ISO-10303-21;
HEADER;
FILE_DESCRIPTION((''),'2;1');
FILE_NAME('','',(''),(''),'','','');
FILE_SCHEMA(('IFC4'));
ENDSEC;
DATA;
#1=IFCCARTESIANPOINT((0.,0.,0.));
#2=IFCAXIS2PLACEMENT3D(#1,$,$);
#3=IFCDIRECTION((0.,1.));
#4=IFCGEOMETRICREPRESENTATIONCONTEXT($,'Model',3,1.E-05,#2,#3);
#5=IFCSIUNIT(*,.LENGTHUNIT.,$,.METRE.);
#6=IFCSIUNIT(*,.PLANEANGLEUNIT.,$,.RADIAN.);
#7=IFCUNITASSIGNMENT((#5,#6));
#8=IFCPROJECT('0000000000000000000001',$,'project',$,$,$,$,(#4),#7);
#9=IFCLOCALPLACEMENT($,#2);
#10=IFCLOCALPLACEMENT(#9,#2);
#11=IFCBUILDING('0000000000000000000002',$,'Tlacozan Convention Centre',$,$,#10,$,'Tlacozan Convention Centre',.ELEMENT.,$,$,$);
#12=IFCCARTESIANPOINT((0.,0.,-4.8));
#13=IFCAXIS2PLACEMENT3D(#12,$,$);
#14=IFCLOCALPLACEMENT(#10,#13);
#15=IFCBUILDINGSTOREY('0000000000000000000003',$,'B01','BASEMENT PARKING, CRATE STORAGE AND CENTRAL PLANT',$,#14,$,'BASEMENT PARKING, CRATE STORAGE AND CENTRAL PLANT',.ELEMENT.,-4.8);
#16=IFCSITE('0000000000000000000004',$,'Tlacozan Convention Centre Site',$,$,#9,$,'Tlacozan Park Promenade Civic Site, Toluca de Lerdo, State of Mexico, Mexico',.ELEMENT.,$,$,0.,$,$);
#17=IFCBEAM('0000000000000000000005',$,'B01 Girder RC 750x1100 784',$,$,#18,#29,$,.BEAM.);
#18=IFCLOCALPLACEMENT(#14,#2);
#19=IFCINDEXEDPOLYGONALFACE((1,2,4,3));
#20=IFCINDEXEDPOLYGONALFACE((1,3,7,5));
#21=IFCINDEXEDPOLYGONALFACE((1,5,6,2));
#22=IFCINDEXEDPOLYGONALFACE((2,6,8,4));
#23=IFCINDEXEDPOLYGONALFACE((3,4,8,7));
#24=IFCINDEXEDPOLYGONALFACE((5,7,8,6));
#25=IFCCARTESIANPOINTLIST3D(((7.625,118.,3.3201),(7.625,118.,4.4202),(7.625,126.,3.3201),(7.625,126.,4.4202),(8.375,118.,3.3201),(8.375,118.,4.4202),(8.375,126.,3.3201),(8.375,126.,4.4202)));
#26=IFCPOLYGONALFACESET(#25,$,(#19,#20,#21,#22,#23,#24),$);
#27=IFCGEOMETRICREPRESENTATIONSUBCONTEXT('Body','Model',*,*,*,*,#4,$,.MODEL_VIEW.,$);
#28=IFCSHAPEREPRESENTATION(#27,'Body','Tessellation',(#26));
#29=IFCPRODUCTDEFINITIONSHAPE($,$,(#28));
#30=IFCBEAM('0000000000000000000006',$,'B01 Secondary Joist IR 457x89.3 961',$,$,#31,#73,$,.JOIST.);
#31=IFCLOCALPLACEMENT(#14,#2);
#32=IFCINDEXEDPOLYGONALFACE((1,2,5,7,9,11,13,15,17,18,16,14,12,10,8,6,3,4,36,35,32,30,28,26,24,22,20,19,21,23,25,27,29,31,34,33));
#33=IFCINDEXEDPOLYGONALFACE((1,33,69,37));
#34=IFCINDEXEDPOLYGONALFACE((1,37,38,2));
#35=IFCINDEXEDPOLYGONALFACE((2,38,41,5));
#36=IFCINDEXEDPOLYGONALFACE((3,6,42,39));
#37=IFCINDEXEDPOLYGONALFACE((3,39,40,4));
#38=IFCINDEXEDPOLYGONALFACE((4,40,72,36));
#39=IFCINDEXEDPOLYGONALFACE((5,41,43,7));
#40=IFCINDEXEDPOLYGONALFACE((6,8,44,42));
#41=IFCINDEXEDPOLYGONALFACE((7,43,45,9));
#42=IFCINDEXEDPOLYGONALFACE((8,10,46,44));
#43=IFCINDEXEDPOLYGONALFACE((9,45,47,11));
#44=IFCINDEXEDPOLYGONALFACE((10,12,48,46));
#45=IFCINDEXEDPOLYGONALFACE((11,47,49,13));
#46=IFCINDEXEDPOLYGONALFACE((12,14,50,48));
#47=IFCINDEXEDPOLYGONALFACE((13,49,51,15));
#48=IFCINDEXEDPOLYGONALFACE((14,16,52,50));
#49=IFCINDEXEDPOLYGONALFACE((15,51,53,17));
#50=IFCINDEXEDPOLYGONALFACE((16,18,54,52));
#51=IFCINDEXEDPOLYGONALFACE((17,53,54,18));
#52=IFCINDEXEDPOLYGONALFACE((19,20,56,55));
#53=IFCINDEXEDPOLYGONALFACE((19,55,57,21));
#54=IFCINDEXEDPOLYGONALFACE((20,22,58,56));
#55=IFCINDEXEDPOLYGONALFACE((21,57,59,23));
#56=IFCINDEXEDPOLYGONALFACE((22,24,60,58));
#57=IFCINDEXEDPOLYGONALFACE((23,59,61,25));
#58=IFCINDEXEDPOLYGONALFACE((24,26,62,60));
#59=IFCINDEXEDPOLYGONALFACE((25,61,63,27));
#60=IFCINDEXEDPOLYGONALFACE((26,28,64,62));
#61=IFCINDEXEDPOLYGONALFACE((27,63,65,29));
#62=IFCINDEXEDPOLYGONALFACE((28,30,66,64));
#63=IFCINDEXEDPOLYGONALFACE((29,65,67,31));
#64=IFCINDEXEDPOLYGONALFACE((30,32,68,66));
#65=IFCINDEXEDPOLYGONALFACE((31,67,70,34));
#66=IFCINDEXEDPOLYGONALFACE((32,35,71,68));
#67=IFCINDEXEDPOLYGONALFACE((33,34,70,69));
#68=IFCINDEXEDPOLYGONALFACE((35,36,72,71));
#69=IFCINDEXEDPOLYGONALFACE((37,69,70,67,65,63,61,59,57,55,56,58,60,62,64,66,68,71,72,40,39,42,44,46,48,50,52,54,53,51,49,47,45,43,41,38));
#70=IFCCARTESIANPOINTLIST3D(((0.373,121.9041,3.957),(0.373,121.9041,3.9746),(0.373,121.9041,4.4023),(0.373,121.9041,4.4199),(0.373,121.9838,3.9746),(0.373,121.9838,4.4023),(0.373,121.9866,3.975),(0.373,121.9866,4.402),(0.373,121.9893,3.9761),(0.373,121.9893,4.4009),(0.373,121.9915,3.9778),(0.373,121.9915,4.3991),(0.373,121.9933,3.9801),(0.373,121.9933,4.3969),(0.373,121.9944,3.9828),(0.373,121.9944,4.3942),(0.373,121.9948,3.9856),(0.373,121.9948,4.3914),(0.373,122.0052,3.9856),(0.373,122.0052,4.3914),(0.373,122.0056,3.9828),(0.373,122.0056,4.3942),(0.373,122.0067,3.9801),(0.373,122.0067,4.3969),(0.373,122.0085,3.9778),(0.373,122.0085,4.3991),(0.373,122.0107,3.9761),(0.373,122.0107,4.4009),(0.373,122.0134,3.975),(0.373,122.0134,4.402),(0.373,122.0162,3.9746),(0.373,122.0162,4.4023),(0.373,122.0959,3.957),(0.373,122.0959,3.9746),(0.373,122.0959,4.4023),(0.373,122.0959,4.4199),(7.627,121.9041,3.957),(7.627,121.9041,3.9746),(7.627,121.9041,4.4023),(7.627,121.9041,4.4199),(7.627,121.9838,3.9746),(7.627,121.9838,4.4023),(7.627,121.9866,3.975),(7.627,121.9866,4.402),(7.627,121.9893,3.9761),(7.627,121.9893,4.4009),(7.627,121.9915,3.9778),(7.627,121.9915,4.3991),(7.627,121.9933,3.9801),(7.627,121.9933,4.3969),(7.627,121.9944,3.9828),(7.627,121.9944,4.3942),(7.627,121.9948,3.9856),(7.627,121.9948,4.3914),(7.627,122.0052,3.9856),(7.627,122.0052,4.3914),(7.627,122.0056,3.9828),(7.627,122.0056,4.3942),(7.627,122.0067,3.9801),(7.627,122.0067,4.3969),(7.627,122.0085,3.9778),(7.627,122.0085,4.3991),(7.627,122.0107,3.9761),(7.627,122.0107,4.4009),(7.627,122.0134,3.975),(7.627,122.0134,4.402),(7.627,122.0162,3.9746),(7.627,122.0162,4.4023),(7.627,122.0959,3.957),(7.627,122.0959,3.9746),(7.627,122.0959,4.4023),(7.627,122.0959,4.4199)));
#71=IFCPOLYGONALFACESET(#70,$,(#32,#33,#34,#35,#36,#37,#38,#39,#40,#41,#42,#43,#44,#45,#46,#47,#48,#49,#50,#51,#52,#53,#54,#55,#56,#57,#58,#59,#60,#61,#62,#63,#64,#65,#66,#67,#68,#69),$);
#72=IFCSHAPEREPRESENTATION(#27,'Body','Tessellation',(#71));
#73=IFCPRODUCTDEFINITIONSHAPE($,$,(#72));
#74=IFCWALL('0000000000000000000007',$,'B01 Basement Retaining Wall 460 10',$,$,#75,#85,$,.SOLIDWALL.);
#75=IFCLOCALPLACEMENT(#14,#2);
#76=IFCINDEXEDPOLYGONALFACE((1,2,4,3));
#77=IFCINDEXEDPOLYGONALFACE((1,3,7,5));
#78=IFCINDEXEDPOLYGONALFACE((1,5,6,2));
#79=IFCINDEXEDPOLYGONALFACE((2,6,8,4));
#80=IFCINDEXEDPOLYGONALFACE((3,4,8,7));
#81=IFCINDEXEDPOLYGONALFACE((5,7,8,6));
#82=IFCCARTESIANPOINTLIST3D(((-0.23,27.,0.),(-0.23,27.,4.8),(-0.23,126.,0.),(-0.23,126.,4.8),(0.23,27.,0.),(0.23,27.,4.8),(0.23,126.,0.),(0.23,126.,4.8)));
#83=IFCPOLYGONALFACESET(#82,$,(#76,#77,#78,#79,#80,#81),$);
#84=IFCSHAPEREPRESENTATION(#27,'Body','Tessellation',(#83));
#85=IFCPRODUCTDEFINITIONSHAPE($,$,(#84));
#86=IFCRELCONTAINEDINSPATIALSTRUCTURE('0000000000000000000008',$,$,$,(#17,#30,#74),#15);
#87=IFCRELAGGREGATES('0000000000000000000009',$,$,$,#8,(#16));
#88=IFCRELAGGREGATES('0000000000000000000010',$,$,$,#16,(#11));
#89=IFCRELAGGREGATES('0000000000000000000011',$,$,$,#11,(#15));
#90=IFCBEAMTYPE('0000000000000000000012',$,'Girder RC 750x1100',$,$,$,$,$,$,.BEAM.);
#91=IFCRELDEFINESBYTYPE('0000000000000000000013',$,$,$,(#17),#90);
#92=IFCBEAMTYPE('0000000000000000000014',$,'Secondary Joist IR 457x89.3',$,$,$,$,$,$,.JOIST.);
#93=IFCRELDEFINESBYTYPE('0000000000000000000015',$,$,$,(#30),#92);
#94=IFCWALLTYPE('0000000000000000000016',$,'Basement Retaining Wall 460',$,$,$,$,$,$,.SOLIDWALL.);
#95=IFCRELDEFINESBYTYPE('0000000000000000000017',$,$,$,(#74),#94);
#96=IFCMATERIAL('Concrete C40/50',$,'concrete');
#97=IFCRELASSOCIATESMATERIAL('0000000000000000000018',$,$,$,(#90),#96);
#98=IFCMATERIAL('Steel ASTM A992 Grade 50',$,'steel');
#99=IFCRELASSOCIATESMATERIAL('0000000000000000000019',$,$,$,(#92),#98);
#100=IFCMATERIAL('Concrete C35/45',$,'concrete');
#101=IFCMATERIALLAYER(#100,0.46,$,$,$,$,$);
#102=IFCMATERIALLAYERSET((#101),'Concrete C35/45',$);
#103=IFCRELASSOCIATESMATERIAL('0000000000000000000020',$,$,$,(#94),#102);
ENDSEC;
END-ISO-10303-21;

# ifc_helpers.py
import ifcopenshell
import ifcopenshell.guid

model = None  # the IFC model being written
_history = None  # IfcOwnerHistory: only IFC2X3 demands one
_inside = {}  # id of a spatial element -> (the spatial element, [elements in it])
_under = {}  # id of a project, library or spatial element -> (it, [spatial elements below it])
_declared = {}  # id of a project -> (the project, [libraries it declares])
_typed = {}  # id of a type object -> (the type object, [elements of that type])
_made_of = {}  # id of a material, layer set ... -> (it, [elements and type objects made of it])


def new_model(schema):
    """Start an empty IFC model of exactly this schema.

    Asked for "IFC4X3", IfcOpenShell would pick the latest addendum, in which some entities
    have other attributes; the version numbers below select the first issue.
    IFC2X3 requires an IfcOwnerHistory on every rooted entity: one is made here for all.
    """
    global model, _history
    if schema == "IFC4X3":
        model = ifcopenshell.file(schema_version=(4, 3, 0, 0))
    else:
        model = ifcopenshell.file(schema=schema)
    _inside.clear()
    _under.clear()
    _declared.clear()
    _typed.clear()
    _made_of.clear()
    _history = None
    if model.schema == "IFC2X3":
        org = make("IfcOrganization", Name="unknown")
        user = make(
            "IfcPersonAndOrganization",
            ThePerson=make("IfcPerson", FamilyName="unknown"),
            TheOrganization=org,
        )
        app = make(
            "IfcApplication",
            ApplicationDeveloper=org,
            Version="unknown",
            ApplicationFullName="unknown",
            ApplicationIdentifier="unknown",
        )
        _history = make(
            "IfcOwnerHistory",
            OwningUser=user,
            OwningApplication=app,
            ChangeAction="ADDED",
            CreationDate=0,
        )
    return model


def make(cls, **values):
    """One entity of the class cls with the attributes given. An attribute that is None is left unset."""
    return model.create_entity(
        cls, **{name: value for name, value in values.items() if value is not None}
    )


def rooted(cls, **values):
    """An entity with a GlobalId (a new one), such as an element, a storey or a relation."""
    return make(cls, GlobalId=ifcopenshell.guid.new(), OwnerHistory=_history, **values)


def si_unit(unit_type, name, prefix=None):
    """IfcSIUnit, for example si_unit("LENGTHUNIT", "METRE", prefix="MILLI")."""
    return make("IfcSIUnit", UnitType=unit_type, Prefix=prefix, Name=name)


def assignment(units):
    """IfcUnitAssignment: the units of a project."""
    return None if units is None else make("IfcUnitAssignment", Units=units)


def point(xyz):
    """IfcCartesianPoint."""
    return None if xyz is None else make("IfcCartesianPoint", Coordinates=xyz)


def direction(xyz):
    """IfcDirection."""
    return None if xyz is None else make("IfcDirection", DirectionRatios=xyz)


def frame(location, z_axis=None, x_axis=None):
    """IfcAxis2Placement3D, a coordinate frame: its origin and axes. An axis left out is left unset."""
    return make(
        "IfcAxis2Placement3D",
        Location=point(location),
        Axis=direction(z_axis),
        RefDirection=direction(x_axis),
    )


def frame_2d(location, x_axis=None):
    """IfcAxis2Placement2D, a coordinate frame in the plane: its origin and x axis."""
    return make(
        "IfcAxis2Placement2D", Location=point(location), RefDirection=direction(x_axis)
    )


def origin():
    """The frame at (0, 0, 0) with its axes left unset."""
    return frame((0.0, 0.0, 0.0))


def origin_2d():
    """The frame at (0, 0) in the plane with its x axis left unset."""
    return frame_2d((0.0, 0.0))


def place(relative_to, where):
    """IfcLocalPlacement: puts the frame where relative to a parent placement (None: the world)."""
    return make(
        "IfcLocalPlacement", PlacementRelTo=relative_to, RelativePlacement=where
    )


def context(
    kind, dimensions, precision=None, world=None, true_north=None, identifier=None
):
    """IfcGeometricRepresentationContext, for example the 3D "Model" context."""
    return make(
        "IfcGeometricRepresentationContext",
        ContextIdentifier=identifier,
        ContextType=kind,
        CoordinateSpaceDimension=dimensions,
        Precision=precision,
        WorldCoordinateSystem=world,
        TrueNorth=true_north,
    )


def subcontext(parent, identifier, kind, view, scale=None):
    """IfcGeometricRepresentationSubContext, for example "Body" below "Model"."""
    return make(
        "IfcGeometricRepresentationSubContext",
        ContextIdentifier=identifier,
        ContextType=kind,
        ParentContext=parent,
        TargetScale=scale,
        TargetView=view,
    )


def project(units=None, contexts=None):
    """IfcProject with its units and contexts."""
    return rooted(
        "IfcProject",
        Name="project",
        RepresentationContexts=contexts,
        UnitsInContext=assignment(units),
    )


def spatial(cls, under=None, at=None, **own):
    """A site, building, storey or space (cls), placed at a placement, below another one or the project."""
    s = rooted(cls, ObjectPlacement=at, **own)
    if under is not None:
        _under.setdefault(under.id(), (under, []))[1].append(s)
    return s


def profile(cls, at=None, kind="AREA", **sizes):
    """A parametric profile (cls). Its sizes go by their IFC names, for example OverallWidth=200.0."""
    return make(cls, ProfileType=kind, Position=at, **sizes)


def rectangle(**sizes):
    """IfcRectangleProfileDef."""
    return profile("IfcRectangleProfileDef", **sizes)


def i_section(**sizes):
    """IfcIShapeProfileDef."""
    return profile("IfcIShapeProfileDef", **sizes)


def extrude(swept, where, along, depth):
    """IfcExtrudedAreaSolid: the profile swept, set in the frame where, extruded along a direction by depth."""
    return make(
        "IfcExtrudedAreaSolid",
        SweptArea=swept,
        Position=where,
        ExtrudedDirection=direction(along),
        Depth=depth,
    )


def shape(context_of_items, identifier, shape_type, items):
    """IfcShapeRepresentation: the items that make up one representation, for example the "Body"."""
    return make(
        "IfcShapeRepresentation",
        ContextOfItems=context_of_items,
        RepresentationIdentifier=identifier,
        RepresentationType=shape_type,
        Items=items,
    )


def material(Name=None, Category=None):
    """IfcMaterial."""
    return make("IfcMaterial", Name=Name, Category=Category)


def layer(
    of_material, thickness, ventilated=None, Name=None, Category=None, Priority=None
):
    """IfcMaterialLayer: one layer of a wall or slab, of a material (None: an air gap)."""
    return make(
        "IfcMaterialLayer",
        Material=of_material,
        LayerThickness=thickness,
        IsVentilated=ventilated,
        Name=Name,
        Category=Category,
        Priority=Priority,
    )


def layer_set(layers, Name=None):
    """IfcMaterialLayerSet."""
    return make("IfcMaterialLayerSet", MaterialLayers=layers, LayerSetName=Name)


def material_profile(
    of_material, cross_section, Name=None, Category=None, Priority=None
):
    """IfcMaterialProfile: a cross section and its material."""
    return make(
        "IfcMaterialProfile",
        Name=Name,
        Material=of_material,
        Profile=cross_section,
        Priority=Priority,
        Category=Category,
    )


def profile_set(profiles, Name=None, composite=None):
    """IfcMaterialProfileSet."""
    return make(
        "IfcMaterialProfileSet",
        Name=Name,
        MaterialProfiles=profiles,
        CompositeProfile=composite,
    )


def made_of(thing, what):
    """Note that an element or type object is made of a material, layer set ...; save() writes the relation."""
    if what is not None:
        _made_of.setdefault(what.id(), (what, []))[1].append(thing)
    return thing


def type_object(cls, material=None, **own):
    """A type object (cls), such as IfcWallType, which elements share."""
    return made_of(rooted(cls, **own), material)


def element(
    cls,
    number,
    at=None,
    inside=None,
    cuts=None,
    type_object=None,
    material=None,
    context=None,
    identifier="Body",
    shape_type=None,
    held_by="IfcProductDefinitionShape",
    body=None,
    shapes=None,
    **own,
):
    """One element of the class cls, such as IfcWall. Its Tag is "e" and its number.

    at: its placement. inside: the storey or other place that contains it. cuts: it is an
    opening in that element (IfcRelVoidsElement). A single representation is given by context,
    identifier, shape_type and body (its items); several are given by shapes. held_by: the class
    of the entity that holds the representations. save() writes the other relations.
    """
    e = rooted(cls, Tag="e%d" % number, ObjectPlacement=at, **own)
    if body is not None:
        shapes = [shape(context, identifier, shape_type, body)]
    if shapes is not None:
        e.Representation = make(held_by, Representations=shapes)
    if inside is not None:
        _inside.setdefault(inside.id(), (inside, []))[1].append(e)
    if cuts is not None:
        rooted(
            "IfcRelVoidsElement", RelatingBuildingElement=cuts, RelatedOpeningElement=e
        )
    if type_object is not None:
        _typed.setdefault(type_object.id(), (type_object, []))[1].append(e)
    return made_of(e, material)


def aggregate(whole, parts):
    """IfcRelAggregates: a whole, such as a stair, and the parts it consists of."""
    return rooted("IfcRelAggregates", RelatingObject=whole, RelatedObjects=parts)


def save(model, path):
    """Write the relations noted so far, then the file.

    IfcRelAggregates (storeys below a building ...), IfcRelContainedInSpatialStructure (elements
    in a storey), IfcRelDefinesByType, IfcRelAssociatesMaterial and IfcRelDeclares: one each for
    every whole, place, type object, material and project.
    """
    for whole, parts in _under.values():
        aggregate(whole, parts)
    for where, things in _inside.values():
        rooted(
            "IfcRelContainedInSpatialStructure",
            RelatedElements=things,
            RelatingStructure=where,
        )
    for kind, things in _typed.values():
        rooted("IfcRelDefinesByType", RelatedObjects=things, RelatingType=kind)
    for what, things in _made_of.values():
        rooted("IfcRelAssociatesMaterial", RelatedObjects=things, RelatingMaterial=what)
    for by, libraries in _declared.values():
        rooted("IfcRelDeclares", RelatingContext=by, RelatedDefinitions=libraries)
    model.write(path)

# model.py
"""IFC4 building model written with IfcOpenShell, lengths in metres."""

from ifc_helpers import new_model, si_unit, direction, frame, frame_2d, origin, origin_2d, place, context, subcontext, project, spatial, rectangle, i_section, extrude, material, layer, layer_set, material_profile, profile_set, type_object, element, save


model = new_model("IFC4")

# Units and contexts
model_context = context("Model", 3, precision=1e-05, world=origin(), true_north=direction((0.0, 1.0)))
body_context = subcontext(model_context, "Body", "Model", "MODEL_VIEW")
ifc_project = project(units=[si_unit("LENGTHUNIT", "METRE"), si_unit("PLANEANGLEUNIT", "RADIAN")], contexts=[model_context])

# Site, building, storey
site_placement = place(None, origin())
site = spatial("IfcSite", under=ifc_project, at=site_placement, Name="Tlacozan Convention Centre Site", LongName="Tlacozan Park Promenade Civic Site, Toluca de Lerdo, State of Mexico, Mexico", CompositionType="ELEMENT", RefElevation=0.0)
building_placement = place(site_placement, origin())
building = spatial("IfcBuilding", under=site, at=building_placement, Name="Tlacozan Convention Centre", LongName="Tlacozan Convention Centre", CompositionType="ELEMENT")
storey_placement = place(building_placement, frame((0.0, 0.0, -4.8)))
storey = spatial("IfcBuildingStorey", under=building, at=storey_placement, Name="B01", Description="BASEMENT PARKING, CRATE STORAGE AND CENTRAL PLANT", LongName="BASEMENT PARKING, CRATE STORAGE AND CENTRAL PLANT", CompositionType="ELEMENT", Elevation=-4.8)

# Shared definitions
ifc_material_1 = material(Name="Concrete C35/45", Category="concrete")

# Shared definitions
ifc_material_2 = material(Name="Concrete C40/50", Category="concrete")

# Beams
ifc_material_profile_1 = material_profile(ifc_material_2, rectangle(XDim=0.75, YDim=1.1001, at=origin_2d()), Name="RC 750x1100")
ifc_profile_set_1 = profile_set([ifc_material_profile_1], Name="Concrete C40/50")
beam_type_1 = type_object("IfcBeamType", Name="Girder RC 750x1100", PredefinedType="BEAM", material=ifc_profile_set_1)
for number, where, z_axis, x_axis, name in (
    (1, (8.0, 118.0, 3.8701), (0.0, 1.0, 0.0), (-1.0, 0.0, 0.0), "B01 Girder RC 750x1100 784"),
):
    element("IfcBeam", number, at=place(storey_placement, frame(where, z_axis=z_axis, x_axis=x_axis)), inside=storey, type_object=beam_type_1, Name=name, PredefinedType="BEAM", context=body_context, shape_type="SweptSolid", body=[
        extrude(rectangle(XDim=0.75, YDim=1.1001, at=origin_2d()), origin(), (0.0, 0.0, 1.0), 8.0),
    ])
ifc_material_3 = material(Name="Steel ASTM A992 Grade 50", Category="steel")
ifc_material_profile_2 = material_profile(ifc_material_3, i_section(OverallWidth=0.1919, OverallDepth=0.4629, WebThickness=0.0105, FlangeThickness=0.0176, FilletRadius=0.011, at=origin_2d()), Name="IR 457x89.3")
ifc_profile_set_2 = profile_set([ifc_material_profile_2], Name="Steel ASTM A992 Grade 50")
beam_type_2 = type_object("IfcBeamType", Name="Secondary Joist IR 457x89.3", PredefinedType="JOIST", material=ifc_profile_set_2)
beam_placement = place(storey_placement, frame((0.373, 122.0, 4.1885), z_axis=(1.0, 0.0, 0.0), x_axis=(0.0, 1.0, 0.0)))
element("IfcBeam", 2, at=beam_placement, inside=storey, type_object=beam_type_2, Name="B01 Secondary Joist IR 457x89.3 961", PredefinedType="JOIST", context=body_context, shape_type="SweptSolid", body=[
    extrude(i_section(OverallWidth=0.1919, OverallDepth=0.4629, WebThickness=0.0105, FlangeThickness=0.0176, FilletRadius=0.011, at=origin_2d()), origin(), (0.0, 0.0, 1.0), 7.2539),
])

# Wall
ifc_layer_1 = layer(ifc_material_1, 0.46)
ifc_layer_set_1 = layer_set([ifc_layer_1], Name="Concrete C35/45")
wall_type = type_object("IfcWallType", Name="Basement Retaining Wall 460", PredefinedType="SOLIDWALL", material=ifc_layer_set_1)
wall_placement = place(storey_placement, frame((0.0, 126.0, 0.0), z_axis=(0.0, 0.0, 1.0), x_axis=(0.0, -1.0, 0.0)))
element("IfcWall", 3, at=wall_placement, inside=storey, type_object=wall_type, Name="B01 Basement Retaining Wall 460 10", PredefinedType="SOLIDWALL", context=body_context, shape_type="SweptSolid", body=[
    extrude(rectangle(XDim=99.0, YDim=0.46, at=frame_2d((49.5, 0.0))), origin(), (0.0, 0.0, 1.0), 4.8),
])

save(model, "model.ifc")
